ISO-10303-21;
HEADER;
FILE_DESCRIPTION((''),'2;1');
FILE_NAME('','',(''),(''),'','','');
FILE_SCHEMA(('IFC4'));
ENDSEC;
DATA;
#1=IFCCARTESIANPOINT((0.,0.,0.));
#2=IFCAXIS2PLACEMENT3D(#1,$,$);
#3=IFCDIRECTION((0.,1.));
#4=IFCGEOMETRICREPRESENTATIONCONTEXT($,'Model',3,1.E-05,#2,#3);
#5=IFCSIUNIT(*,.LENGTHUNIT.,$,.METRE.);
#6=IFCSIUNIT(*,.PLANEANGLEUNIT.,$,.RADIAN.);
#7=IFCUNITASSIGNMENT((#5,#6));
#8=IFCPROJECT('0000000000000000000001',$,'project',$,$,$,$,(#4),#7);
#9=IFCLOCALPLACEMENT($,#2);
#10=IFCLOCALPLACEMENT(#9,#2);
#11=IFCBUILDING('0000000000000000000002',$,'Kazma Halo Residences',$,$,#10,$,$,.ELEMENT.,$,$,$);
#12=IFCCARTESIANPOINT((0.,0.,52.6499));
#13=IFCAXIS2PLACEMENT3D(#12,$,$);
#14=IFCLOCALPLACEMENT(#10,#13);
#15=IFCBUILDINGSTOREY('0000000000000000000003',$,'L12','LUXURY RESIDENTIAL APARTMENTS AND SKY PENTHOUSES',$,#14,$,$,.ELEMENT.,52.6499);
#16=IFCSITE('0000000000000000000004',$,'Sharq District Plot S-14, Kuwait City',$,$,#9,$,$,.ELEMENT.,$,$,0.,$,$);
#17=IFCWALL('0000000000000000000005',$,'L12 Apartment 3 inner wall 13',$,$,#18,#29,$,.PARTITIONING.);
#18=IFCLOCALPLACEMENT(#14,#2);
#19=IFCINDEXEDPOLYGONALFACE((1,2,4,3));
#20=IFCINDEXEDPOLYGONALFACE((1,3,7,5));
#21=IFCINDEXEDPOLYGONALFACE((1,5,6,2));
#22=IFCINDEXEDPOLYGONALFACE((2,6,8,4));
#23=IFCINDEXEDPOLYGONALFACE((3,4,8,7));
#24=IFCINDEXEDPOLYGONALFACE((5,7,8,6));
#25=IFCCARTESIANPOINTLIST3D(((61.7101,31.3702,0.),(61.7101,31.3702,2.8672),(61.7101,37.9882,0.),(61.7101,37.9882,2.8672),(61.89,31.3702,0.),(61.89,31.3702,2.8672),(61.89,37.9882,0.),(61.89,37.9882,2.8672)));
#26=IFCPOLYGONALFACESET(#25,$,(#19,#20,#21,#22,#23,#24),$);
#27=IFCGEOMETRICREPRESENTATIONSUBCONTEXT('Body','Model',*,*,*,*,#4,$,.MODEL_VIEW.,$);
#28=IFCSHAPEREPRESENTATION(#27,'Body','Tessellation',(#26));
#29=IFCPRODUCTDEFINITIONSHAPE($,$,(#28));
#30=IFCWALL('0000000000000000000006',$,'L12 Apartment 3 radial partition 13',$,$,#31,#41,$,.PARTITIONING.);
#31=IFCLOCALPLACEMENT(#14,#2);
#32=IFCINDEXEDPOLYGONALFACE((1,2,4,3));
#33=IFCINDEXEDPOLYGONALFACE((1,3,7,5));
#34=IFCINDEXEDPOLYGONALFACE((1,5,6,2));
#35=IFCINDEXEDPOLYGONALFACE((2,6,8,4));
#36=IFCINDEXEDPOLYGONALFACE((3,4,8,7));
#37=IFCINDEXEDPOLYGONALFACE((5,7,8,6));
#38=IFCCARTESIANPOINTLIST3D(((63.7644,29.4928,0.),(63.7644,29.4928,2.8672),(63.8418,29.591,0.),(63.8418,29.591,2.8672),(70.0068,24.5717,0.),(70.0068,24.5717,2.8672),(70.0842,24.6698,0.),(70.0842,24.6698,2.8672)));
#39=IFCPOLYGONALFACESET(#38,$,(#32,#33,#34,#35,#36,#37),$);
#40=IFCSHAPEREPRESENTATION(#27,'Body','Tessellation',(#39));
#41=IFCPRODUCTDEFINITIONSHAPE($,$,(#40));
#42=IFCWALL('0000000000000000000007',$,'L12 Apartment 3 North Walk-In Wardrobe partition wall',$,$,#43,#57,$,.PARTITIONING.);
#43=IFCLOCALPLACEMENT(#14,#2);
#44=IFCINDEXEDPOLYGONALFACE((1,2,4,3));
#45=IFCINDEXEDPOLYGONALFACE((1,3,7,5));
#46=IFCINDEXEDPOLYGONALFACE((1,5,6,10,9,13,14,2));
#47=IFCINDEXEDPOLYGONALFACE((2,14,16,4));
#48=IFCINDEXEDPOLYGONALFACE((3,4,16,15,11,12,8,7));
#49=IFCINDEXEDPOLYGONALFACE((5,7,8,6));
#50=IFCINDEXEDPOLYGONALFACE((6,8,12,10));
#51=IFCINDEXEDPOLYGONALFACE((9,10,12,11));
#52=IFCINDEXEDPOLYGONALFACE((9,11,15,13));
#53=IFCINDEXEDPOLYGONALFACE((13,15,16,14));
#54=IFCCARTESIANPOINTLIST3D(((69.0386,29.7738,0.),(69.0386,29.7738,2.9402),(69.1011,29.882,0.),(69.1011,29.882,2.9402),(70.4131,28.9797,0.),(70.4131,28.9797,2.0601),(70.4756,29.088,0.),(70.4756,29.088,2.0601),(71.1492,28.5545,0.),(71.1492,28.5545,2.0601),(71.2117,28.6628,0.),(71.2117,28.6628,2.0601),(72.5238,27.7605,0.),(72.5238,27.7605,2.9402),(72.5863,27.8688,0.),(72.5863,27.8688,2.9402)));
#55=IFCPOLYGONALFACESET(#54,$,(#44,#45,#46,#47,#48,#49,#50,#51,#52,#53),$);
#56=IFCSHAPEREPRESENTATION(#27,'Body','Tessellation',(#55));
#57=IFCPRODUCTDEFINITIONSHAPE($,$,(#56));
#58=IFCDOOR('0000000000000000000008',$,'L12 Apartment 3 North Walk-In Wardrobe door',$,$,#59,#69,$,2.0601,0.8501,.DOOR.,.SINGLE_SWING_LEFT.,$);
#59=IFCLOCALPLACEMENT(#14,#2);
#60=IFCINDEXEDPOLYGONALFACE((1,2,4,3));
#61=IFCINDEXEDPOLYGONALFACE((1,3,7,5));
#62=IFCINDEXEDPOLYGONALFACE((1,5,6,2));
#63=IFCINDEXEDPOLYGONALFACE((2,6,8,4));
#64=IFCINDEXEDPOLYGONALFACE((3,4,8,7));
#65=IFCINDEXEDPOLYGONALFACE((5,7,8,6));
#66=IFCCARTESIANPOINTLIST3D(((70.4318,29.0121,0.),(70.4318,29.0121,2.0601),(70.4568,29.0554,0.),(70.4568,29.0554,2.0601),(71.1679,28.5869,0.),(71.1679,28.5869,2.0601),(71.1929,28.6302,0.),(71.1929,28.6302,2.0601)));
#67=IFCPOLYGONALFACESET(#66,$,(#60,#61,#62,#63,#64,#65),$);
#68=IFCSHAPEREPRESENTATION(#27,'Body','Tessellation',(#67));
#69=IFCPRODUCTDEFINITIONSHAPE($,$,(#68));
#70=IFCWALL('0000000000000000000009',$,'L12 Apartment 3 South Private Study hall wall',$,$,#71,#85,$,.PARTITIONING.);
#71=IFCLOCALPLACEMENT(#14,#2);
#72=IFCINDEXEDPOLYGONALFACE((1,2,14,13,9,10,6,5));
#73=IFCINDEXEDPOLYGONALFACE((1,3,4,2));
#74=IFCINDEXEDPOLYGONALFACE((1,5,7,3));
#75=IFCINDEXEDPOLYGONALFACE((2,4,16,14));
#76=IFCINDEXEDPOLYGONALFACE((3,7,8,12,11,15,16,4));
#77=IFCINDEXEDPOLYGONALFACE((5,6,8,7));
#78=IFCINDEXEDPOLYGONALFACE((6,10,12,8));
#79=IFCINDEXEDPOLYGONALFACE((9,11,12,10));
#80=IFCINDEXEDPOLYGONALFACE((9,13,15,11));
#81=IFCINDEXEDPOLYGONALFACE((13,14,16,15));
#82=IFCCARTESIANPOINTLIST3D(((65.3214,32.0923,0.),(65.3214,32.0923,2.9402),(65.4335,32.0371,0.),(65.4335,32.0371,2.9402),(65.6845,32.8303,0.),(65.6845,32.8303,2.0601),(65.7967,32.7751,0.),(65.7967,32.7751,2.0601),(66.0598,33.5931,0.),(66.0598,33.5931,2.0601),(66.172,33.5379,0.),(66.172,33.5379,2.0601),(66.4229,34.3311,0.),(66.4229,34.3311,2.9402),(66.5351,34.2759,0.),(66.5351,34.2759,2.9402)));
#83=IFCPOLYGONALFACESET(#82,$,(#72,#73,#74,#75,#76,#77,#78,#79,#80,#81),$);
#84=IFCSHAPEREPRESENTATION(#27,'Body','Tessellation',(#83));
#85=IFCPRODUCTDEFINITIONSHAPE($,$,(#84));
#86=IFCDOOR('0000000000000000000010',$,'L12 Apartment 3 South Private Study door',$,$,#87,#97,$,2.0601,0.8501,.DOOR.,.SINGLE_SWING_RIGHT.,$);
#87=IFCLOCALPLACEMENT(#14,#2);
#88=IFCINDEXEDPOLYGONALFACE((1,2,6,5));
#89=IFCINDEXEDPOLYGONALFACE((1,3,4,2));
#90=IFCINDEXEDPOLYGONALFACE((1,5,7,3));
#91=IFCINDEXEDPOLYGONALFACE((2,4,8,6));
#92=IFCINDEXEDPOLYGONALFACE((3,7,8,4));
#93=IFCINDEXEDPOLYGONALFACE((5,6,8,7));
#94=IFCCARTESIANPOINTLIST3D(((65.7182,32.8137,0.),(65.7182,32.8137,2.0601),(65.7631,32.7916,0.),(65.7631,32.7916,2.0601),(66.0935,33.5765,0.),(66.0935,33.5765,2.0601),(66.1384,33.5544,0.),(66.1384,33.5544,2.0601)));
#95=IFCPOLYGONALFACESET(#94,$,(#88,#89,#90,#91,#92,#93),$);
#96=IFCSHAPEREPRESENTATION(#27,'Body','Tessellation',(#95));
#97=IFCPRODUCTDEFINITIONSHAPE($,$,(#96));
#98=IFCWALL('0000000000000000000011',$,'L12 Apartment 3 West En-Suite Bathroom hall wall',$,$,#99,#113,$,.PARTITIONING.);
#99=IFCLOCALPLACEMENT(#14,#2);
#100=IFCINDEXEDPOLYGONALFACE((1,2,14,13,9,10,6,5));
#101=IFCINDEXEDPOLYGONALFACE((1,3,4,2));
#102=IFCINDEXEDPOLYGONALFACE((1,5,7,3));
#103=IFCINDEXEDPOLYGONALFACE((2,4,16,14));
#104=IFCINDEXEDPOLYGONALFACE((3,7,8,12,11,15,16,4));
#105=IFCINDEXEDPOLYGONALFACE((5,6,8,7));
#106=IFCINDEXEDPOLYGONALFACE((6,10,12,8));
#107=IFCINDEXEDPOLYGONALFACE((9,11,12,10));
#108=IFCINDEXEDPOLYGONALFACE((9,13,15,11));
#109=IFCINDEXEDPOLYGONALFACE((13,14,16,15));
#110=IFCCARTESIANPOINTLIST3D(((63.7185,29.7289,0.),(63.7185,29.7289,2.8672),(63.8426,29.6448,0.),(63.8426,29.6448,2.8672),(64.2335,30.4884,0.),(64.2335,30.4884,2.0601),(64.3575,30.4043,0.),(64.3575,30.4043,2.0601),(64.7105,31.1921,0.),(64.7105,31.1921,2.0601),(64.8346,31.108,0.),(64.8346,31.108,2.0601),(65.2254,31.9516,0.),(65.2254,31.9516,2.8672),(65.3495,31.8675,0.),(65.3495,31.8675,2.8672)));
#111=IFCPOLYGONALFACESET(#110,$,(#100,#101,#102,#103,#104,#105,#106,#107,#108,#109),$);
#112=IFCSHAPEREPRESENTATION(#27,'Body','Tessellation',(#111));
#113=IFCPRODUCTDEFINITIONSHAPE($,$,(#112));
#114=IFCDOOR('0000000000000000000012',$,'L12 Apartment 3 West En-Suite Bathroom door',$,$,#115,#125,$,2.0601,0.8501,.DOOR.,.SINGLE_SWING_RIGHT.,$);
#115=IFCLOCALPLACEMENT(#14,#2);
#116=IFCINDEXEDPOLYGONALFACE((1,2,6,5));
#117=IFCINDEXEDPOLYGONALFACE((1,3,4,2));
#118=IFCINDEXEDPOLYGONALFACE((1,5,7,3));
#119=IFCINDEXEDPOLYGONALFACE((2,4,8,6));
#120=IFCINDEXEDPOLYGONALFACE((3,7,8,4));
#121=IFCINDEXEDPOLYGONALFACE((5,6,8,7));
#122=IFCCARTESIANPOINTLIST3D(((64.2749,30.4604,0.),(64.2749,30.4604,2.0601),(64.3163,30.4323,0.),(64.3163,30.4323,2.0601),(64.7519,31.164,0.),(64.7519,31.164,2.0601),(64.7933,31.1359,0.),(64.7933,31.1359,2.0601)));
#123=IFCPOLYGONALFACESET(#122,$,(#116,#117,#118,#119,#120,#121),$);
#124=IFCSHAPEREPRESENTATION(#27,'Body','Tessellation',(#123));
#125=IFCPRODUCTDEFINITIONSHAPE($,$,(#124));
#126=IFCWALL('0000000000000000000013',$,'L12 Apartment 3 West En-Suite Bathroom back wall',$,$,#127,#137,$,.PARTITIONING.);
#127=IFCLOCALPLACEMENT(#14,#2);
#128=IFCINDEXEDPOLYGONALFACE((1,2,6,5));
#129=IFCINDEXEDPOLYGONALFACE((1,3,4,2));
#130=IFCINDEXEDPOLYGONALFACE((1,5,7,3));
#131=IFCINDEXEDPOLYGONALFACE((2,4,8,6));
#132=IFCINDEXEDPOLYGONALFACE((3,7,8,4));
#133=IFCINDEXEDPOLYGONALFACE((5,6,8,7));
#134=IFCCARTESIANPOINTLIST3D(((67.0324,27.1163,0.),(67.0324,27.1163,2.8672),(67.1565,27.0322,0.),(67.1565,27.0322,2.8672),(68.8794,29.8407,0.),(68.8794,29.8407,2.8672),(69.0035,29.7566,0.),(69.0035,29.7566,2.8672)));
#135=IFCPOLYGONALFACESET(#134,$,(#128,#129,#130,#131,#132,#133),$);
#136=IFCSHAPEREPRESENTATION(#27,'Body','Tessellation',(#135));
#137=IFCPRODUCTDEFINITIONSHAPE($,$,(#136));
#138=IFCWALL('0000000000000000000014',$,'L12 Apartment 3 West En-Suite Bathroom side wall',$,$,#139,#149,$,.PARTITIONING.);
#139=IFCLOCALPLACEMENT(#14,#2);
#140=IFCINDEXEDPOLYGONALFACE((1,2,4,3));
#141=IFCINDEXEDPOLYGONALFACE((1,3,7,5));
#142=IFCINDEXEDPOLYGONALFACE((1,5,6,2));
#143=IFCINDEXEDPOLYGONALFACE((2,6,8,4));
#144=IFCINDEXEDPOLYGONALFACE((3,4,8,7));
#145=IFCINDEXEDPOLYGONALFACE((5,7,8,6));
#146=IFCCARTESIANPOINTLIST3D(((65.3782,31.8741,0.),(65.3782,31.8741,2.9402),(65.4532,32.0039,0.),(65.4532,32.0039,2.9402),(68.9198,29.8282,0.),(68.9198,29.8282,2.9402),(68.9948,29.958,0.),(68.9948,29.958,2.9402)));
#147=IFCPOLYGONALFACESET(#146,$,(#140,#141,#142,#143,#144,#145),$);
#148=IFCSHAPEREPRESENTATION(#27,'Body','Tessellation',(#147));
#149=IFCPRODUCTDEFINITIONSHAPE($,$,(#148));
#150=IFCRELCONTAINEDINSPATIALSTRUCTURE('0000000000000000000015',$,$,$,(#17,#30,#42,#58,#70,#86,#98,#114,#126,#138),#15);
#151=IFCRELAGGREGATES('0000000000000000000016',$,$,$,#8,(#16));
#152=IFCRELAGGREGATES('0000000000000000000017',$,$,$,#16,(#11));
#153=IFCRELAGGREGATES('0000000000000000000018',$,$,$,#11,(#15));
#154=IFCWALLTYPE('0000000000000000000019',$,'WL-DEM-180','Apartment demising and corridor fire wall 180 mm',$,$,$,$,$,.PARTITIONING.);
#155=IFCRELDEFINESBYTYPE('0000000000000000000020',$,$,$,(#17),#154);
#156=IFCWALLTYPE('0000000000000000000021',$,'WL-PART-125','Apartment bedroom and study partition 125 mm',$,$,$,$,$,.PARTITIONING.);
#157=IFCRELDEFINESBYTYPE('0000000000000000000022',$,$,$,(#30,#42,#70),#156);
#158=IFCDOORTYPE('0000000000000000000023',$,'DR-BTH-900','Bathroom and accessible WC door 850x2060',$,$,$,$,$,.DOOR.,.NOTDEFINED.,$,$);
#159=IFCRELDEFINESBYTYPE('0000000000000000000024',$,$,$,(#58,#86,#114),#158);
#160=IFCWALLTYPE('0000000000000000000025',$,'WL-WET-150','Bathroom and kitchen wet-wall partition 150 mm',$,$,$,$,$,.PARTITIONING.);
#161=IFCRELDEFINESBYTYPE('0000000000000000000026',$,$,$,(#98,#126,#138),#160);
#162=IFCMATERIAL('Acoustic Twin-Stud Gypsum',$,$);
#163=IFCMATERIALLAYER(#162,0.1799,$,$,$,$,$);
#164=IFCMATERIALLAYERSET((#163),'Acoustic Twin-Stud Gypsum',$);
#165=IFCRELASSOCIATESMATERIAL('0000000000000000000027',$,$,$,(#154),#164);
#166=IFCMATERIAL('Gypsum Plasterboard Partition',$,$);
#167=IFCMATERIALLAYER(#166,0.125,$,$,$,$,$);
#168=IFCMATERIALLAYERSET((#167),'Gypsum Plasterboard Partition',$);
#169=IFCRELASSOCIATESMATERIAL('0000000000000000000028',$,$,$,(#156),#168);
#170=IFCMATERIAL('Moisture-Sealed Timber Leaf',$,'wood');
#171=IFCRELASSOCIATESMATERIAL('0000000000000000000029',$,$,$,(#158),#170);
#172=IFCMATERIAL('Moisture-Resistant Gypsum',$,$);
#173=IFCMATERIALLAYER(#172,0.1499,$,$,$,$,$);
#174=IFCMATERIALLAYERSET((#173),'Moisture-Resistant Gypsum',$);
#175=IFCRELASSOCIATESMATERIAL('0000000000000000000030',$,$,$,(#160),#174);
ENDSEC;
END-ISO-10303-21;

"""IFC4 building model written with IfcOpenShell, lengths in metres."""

from ifc_helpers import new_model, si_unit, direction, frame, frame_2d, origin, place, context, subcontext, project, spatial, rectangle, extrude, material, layer, layer_set, type_object, element, fill, save


model = new_model("IFC4")

# Units and contexts
model_context = context("Model", 3, precision=1e-05, world=origin(), true_north=direction((0.0, 1.0)))
body_context = subcontext(model_context, "Body", "Model", "MODEL_VIEW")
ifc_project = project(units=[si_unit("LENGTHUNIT", "METRE"), si_unit("PLANEANGLEUNIT", "RADIAN")], contexts=[model_context])

# Site, building, storey
site_placement = place(None, origin())
site = spatial("IfcSite", under=ifc_project, at=site_placement, Name="Sharq District Plot S-14, Kuwait City", CompositionType="ELEMENT", RefElevation=0.0)
building_placement = place(site_placement, origin())
building = spatial("IfcBuilding", under=site, at=building_placement, Name="Kazma Halo Residences", CompositionType="ELEMENT")
storey_placement = place(building_placement, frame((0.0, 0.0, 52.6499)))
storey = spatial("IfcBuildingStorey", under=building, at=storey_placement, Name="L12", Description="LUXURY RESIDENTIAL APARTMENTS AND SKY PENTHOUSES", CompositionType="ELEMENT", Elevation=52.6499)

# Wall
ifc_material_1 = material(Name="Acoustic Twin-Stud Gypsum")
ifc_layer_1 = layer(ifc_material_1, 0.1799)
ifc_layer_set_1 = layer_set([ifc_layer_1], Name="Acoustic Twin-Stud Gypsum")
wall_type_1 = type_object("IfcWallType", Name="WL-DEM-180", Description="Apartment demising and corridor fire wall 180 mm", PredefinedType="PARTITIONING", material=ifc_layer_set_1)
wall_1_placement = place(storey_placement, frame((61.8, 31.3701, 0.0), z_axis=(0.0, 0.0, 1.0), x_axis=(0.0, 1.0, 0.0)))
element("IfcWall", 1, at=wall_1_placement, inside=storey, type_object=wall_type_1, Name="L12 Apartment 3 inner wall 13", PredefinedType="PARTITIONING", context=body_context, shape_type="SweptSolid", body=[
    extrude(rectangle(XDim=6.6179, YDim=0.1799, at=frame_2d((3.3091, 0.0))), origin(), (0.0, 0.0, 1.0), 2.8672),
])

# Wall
ifc_material_2 = material(Name="Gypsum Plasterboard Partition")
ifc_layer_2 = layer(ifc_material_2, 0.125)
ifc_layer_set_2 = layer_set([ifc_layer_2], Name="Gypsum Plasterboard Partition")
wall_type_2 = type_object("IfcWallType", Name="WL-PART-125", Description="Apartment bedroom and study partition 125 mm", PredefinedType="PARTITIONING", material=ifc_layer_set_2)
wall_2_placement = place(storey_placement, frame((63.803, 29.542, 0.0), z_axis=(0.0, 0.0, 1.0), x_axis=(0.785317, -0.619094, 0.0)))
element("IfcWall", 2, at=wall_2_placement, inside=storey, type_object=wall_type_2, Name="L12 Apartment 3 radial partition 13", PredefinedType="PARTITIONING", context=body_context, shape_type="SweptSolid", body=[
    extrude(rectangle(XDim=7.949, YDim=0.125, at=frame_2d((3.9746, 0.0))), origin(), (0.0, 0.0, 1.0), 2.8672),
])

# Walls, openings, doors
wall_3_placement = place(storey_placement, frame((69.0698, 29.8279, 0.0), z_axis=(0.0, 0.0, 1.0), x_axis=(0.865912, -0.500197, 0.0)))
wall_3 = element("IfcWall", 3, at=wall_3_placement, inside=storey, type_object=wall_type_2, Name="L12 Apartment 3 North Walk-In Wardrobe partition wall", PredefinedType="PARTITIONING", context=body_context, shape_type="SweptSolid", body=[
    extrude(rectangle(XDim=4.0249, YDim=0.125, at=frame_2d((2.0125, 0.0))), origin(), (0.0, 0.0, 1.0), 2.9402),
])
opening_1_placement = place(wall_3_placement, frame((1.5874, 0.0, 0.0)))
opening_1 = element("IfcOpeningElement", 4, at=opening_1_placement, cuts=wall_3, PredefinedType="OPENING", context=body_context, shape_type="SweptSolid", body=[
    extrude(rectangle(XDim=0.8501, YDim=2.0601, at=frame_2d((0.425, 1.03))), frame((0.0, 0.0725, 0.0), z_axis=(0.0, -1.0, 0.0), x_axis=(1.0, 0.0, 0.0)), (0.0, 0.0, 1.0), 0.145),
])
ifc_material_3 = material(Name="Moisture-Sealed Timber Leaf", Category="wood")
door_type_1 = type_object("IfcDoorType", Name="DR-BTH-900", Description="Bathroom and accessible WC door 850x2060", OperationType="NOTDEFINED", PredefinedType="DOOR", material=ifc_material_3)
door_1_placement = place(opening_1_placement, origin())
door_1 = element("IfcDoor", 5, at=door_1_placement, inside=storey, type_object=door_type_1, Name="L12 Apartment 3 North Walk-In Wardrobe door", OperationType="SINGLE_SWING_LEFT", OverallHeight=2.0601, OverallWidth=0.8501, PredefinedType="DOOR", context=body_context, shape_type="SweptSolid", body=[
    extrude(rectangle(XDim=0.8501, YDim=2.0601, at=frame_2d((0.425, 1.03))), frame((0.0, 0.0249, 0.0), z_axis=(0.0, -1.0, 0.0), x_axis=(1.0, 0.0, 0.0)), (0.0, 0.0, 1.0), 0.05),
])
fill(opening_1, door_1)
wall_4_placement = place(storey_placement, frame((65.3774, 32.0647, 0.0), z_axis=(0.0, 0.0, 1.0), x_axis=(0.44149, 0.897266, 0.0)))
wall_4 = element("IfcWall", 6, at=wall_4_placement, inside=storey, type_object=wall_type_2, Name="L12 Apartment 3 South Private Study hall wall", PredefinedType="PARTITIONING", context=body_context, shape_type="SweptSolid", body=[
    extrude(rectangle(XDim=2.4951, YDim=0.125, at=frame_2d((1.2476, 0.0))), origin(), (0.0, 0.0, 1.0), 2.9402),
])
opening_2_placement = place(wall_4_placement, frame((0.8225, 0.0, 0.0)))
opening_2 = element("IfcOpeningElement", 7, at=opening_2_placement, cuts=wall_4, PredefinedType="OPENING", context=body_context, shape_type="SweptSolid", body=[
    extrude(rectangle(XDim=0.8501, YDim=2.0601, at=frame_2d((0.425, 1.03))), frame((0.0, 0.0725, 0.0), z_axis=(0.0, -1.0, 0.0), x_axis=(1.0, 0.0, 0.0)), (0.0, 0.0, 1.0), 0.145),
])
door_2_placement = place(opening_2_placement, origin())
door_2 = element("IfcDoor", 8, at=door_2_placement, inside=storey, type_object=door_type_1, Name="L12 Apartment 3 South Private Study door", OperationType="SINGLE_SWING_RIGHT", OverallHeight=2.0601, OverallWidth=0.8501, PredefinedType="DOOR", context=body_context, shape_type="SweptSolid", body=[
    extrude(rectangle(XDim=0.8501, YDim=2.0601, at=frame_2d((0.425, 1.03))), frame((0.0, 0.0249, 0.0), z_axis=(0.0, -1.0, 0.0), x_axis=(1.0, 0.0, 0.0)), (0.0, 0.0, 1.0), 0.05),
])
fill(opening_2, door_2)
ifc_material_4 = material(Name="Moisture-Resistant Gypsum")
ifc_layer_3 = layer(ifc_material_4, 0.1499)
ifc_layer_set_3 = layer_set([ifc_layer_3], Name="Moisture-Resistant Gypsum")
wall_type_3 = type_object("IfcWallType", Name="WL-WET-150", Description="Bathroom and kitchen wet-wall partition 150 mm", PredefinedType="PARTITIONING", material=ifc_layer_set_3)
wall_5_placement = place(storey_placement, frame((63.7805, 29.6868, 0.0), z_axis=(0.0, 0.0, 1.0), x_axis=(0.561146, 0.827717, 0.0)))
wall_5 = element("IfcWall", 9, at=wall_5_placement, inside=storey, type_object=wall_type_3, Name="L12 Apartment 3 West En-Suite Bathroom hall wall", PredefinedType="PARTITIONING", context=body_context, shape_type="SweptSolid", body=[
    extrude(rectangle(XDim=2.6853, YDim=0.1499, at=frame_2d((1.3428, 0.0))), origin(), (0.0, 0.0, 1.0), 2.8672),
])
opening_3_placement = place(wall_5_placement, frame((0.9177, 0.0, 0.0)))
opening_3 = element("IfcOpeningElement", 10, at=opening_3_placement, cuts=wall_5, PredefinedType="OPENING", context=body_context, shape_type="SweptSolid", body=[
    extrude(rectangle(XDim=0.8501, YDim=2.0601, at=frame_2d((0.425, 1.03))), frame((0.0, 0.085, 0.0), z_axis=(0.0, -1.0, 0.0), x_axis=(1.0, 0.0, 0.0)), (0.0, 0.0, 1.0), 0.1699),
])
door_3_placement = place(opening_3_placement, origin())
door_3 = element("IfcDoor", 11, at=door_3_placement, inside=storey, type_object=door_type_1, Name="L12 Apartment 3 West En-Suite Bathroom door", OperationType="SINGLE_SWING_RIGHT", OverallHeight=2.0601, OverallWidth=0.8501, PredefinedType="DOOR", context=body_context, shape_type="SweptSolid", body=[
    extrude(rectangle(XDim=0.8501, YDim=2.0601, at=frame_2d((0.425, 1.03))), frame((0.0, 0.0249, 0.0), z_axis=(0.0, -1.0, 0.0), x_axis=(1.0, 0.0, 0.0)), (0.0, 0.0, 1.0), 0.05),
])
fill(opening_3, door_3)

# Walls
wall_6_placement = place(storey_placement, frame((67.0945, 27.0742, 0.0), z_axis=(0.0, 0.0, 1.0), x_axis=(0.561137, 0.827723, 0.0)))
element("IfcWall", 12, at=wall_6_placement, inside=storey, type_object=wall_type_3, Name="L12 Apartment 3 West En-Suite Bathroom back wall", PredefinedType="PARTITIONING", context=body_context, shape_type="SweptSolid", body=[
    extrude(rectangle(XDim=3.2915, YDim=0.1499, at=frame_2d((1.6458, 0.0))), origin(), (0.0, 0.0, 1.0), 2.8672),
])
wall_7_placement = place(storey_placement, frame((65.4158, 31.939, 0.0), z_axis=(0.0, 0.0, 1.0), x_axis=(0.865897, -0.500222, 0.0)))
element("IfcWall", 13, at=wall_7_placement, inside=storey, type_object=wall_type_3, Name="L12 Apartment 3 West En-Suite Bathroom side wall", PredefinedType="PARTITIONING", context=body_context, shape_type="SweptSolid", body=[
    extrude(rectangle(XDim=4.0901, YDim=0.1499, at=frame_2d((2.0449, 0.0))), origin(), (0.0, 0.0, 1.0), 2.9402),
])

save(model, "model.ifc")
